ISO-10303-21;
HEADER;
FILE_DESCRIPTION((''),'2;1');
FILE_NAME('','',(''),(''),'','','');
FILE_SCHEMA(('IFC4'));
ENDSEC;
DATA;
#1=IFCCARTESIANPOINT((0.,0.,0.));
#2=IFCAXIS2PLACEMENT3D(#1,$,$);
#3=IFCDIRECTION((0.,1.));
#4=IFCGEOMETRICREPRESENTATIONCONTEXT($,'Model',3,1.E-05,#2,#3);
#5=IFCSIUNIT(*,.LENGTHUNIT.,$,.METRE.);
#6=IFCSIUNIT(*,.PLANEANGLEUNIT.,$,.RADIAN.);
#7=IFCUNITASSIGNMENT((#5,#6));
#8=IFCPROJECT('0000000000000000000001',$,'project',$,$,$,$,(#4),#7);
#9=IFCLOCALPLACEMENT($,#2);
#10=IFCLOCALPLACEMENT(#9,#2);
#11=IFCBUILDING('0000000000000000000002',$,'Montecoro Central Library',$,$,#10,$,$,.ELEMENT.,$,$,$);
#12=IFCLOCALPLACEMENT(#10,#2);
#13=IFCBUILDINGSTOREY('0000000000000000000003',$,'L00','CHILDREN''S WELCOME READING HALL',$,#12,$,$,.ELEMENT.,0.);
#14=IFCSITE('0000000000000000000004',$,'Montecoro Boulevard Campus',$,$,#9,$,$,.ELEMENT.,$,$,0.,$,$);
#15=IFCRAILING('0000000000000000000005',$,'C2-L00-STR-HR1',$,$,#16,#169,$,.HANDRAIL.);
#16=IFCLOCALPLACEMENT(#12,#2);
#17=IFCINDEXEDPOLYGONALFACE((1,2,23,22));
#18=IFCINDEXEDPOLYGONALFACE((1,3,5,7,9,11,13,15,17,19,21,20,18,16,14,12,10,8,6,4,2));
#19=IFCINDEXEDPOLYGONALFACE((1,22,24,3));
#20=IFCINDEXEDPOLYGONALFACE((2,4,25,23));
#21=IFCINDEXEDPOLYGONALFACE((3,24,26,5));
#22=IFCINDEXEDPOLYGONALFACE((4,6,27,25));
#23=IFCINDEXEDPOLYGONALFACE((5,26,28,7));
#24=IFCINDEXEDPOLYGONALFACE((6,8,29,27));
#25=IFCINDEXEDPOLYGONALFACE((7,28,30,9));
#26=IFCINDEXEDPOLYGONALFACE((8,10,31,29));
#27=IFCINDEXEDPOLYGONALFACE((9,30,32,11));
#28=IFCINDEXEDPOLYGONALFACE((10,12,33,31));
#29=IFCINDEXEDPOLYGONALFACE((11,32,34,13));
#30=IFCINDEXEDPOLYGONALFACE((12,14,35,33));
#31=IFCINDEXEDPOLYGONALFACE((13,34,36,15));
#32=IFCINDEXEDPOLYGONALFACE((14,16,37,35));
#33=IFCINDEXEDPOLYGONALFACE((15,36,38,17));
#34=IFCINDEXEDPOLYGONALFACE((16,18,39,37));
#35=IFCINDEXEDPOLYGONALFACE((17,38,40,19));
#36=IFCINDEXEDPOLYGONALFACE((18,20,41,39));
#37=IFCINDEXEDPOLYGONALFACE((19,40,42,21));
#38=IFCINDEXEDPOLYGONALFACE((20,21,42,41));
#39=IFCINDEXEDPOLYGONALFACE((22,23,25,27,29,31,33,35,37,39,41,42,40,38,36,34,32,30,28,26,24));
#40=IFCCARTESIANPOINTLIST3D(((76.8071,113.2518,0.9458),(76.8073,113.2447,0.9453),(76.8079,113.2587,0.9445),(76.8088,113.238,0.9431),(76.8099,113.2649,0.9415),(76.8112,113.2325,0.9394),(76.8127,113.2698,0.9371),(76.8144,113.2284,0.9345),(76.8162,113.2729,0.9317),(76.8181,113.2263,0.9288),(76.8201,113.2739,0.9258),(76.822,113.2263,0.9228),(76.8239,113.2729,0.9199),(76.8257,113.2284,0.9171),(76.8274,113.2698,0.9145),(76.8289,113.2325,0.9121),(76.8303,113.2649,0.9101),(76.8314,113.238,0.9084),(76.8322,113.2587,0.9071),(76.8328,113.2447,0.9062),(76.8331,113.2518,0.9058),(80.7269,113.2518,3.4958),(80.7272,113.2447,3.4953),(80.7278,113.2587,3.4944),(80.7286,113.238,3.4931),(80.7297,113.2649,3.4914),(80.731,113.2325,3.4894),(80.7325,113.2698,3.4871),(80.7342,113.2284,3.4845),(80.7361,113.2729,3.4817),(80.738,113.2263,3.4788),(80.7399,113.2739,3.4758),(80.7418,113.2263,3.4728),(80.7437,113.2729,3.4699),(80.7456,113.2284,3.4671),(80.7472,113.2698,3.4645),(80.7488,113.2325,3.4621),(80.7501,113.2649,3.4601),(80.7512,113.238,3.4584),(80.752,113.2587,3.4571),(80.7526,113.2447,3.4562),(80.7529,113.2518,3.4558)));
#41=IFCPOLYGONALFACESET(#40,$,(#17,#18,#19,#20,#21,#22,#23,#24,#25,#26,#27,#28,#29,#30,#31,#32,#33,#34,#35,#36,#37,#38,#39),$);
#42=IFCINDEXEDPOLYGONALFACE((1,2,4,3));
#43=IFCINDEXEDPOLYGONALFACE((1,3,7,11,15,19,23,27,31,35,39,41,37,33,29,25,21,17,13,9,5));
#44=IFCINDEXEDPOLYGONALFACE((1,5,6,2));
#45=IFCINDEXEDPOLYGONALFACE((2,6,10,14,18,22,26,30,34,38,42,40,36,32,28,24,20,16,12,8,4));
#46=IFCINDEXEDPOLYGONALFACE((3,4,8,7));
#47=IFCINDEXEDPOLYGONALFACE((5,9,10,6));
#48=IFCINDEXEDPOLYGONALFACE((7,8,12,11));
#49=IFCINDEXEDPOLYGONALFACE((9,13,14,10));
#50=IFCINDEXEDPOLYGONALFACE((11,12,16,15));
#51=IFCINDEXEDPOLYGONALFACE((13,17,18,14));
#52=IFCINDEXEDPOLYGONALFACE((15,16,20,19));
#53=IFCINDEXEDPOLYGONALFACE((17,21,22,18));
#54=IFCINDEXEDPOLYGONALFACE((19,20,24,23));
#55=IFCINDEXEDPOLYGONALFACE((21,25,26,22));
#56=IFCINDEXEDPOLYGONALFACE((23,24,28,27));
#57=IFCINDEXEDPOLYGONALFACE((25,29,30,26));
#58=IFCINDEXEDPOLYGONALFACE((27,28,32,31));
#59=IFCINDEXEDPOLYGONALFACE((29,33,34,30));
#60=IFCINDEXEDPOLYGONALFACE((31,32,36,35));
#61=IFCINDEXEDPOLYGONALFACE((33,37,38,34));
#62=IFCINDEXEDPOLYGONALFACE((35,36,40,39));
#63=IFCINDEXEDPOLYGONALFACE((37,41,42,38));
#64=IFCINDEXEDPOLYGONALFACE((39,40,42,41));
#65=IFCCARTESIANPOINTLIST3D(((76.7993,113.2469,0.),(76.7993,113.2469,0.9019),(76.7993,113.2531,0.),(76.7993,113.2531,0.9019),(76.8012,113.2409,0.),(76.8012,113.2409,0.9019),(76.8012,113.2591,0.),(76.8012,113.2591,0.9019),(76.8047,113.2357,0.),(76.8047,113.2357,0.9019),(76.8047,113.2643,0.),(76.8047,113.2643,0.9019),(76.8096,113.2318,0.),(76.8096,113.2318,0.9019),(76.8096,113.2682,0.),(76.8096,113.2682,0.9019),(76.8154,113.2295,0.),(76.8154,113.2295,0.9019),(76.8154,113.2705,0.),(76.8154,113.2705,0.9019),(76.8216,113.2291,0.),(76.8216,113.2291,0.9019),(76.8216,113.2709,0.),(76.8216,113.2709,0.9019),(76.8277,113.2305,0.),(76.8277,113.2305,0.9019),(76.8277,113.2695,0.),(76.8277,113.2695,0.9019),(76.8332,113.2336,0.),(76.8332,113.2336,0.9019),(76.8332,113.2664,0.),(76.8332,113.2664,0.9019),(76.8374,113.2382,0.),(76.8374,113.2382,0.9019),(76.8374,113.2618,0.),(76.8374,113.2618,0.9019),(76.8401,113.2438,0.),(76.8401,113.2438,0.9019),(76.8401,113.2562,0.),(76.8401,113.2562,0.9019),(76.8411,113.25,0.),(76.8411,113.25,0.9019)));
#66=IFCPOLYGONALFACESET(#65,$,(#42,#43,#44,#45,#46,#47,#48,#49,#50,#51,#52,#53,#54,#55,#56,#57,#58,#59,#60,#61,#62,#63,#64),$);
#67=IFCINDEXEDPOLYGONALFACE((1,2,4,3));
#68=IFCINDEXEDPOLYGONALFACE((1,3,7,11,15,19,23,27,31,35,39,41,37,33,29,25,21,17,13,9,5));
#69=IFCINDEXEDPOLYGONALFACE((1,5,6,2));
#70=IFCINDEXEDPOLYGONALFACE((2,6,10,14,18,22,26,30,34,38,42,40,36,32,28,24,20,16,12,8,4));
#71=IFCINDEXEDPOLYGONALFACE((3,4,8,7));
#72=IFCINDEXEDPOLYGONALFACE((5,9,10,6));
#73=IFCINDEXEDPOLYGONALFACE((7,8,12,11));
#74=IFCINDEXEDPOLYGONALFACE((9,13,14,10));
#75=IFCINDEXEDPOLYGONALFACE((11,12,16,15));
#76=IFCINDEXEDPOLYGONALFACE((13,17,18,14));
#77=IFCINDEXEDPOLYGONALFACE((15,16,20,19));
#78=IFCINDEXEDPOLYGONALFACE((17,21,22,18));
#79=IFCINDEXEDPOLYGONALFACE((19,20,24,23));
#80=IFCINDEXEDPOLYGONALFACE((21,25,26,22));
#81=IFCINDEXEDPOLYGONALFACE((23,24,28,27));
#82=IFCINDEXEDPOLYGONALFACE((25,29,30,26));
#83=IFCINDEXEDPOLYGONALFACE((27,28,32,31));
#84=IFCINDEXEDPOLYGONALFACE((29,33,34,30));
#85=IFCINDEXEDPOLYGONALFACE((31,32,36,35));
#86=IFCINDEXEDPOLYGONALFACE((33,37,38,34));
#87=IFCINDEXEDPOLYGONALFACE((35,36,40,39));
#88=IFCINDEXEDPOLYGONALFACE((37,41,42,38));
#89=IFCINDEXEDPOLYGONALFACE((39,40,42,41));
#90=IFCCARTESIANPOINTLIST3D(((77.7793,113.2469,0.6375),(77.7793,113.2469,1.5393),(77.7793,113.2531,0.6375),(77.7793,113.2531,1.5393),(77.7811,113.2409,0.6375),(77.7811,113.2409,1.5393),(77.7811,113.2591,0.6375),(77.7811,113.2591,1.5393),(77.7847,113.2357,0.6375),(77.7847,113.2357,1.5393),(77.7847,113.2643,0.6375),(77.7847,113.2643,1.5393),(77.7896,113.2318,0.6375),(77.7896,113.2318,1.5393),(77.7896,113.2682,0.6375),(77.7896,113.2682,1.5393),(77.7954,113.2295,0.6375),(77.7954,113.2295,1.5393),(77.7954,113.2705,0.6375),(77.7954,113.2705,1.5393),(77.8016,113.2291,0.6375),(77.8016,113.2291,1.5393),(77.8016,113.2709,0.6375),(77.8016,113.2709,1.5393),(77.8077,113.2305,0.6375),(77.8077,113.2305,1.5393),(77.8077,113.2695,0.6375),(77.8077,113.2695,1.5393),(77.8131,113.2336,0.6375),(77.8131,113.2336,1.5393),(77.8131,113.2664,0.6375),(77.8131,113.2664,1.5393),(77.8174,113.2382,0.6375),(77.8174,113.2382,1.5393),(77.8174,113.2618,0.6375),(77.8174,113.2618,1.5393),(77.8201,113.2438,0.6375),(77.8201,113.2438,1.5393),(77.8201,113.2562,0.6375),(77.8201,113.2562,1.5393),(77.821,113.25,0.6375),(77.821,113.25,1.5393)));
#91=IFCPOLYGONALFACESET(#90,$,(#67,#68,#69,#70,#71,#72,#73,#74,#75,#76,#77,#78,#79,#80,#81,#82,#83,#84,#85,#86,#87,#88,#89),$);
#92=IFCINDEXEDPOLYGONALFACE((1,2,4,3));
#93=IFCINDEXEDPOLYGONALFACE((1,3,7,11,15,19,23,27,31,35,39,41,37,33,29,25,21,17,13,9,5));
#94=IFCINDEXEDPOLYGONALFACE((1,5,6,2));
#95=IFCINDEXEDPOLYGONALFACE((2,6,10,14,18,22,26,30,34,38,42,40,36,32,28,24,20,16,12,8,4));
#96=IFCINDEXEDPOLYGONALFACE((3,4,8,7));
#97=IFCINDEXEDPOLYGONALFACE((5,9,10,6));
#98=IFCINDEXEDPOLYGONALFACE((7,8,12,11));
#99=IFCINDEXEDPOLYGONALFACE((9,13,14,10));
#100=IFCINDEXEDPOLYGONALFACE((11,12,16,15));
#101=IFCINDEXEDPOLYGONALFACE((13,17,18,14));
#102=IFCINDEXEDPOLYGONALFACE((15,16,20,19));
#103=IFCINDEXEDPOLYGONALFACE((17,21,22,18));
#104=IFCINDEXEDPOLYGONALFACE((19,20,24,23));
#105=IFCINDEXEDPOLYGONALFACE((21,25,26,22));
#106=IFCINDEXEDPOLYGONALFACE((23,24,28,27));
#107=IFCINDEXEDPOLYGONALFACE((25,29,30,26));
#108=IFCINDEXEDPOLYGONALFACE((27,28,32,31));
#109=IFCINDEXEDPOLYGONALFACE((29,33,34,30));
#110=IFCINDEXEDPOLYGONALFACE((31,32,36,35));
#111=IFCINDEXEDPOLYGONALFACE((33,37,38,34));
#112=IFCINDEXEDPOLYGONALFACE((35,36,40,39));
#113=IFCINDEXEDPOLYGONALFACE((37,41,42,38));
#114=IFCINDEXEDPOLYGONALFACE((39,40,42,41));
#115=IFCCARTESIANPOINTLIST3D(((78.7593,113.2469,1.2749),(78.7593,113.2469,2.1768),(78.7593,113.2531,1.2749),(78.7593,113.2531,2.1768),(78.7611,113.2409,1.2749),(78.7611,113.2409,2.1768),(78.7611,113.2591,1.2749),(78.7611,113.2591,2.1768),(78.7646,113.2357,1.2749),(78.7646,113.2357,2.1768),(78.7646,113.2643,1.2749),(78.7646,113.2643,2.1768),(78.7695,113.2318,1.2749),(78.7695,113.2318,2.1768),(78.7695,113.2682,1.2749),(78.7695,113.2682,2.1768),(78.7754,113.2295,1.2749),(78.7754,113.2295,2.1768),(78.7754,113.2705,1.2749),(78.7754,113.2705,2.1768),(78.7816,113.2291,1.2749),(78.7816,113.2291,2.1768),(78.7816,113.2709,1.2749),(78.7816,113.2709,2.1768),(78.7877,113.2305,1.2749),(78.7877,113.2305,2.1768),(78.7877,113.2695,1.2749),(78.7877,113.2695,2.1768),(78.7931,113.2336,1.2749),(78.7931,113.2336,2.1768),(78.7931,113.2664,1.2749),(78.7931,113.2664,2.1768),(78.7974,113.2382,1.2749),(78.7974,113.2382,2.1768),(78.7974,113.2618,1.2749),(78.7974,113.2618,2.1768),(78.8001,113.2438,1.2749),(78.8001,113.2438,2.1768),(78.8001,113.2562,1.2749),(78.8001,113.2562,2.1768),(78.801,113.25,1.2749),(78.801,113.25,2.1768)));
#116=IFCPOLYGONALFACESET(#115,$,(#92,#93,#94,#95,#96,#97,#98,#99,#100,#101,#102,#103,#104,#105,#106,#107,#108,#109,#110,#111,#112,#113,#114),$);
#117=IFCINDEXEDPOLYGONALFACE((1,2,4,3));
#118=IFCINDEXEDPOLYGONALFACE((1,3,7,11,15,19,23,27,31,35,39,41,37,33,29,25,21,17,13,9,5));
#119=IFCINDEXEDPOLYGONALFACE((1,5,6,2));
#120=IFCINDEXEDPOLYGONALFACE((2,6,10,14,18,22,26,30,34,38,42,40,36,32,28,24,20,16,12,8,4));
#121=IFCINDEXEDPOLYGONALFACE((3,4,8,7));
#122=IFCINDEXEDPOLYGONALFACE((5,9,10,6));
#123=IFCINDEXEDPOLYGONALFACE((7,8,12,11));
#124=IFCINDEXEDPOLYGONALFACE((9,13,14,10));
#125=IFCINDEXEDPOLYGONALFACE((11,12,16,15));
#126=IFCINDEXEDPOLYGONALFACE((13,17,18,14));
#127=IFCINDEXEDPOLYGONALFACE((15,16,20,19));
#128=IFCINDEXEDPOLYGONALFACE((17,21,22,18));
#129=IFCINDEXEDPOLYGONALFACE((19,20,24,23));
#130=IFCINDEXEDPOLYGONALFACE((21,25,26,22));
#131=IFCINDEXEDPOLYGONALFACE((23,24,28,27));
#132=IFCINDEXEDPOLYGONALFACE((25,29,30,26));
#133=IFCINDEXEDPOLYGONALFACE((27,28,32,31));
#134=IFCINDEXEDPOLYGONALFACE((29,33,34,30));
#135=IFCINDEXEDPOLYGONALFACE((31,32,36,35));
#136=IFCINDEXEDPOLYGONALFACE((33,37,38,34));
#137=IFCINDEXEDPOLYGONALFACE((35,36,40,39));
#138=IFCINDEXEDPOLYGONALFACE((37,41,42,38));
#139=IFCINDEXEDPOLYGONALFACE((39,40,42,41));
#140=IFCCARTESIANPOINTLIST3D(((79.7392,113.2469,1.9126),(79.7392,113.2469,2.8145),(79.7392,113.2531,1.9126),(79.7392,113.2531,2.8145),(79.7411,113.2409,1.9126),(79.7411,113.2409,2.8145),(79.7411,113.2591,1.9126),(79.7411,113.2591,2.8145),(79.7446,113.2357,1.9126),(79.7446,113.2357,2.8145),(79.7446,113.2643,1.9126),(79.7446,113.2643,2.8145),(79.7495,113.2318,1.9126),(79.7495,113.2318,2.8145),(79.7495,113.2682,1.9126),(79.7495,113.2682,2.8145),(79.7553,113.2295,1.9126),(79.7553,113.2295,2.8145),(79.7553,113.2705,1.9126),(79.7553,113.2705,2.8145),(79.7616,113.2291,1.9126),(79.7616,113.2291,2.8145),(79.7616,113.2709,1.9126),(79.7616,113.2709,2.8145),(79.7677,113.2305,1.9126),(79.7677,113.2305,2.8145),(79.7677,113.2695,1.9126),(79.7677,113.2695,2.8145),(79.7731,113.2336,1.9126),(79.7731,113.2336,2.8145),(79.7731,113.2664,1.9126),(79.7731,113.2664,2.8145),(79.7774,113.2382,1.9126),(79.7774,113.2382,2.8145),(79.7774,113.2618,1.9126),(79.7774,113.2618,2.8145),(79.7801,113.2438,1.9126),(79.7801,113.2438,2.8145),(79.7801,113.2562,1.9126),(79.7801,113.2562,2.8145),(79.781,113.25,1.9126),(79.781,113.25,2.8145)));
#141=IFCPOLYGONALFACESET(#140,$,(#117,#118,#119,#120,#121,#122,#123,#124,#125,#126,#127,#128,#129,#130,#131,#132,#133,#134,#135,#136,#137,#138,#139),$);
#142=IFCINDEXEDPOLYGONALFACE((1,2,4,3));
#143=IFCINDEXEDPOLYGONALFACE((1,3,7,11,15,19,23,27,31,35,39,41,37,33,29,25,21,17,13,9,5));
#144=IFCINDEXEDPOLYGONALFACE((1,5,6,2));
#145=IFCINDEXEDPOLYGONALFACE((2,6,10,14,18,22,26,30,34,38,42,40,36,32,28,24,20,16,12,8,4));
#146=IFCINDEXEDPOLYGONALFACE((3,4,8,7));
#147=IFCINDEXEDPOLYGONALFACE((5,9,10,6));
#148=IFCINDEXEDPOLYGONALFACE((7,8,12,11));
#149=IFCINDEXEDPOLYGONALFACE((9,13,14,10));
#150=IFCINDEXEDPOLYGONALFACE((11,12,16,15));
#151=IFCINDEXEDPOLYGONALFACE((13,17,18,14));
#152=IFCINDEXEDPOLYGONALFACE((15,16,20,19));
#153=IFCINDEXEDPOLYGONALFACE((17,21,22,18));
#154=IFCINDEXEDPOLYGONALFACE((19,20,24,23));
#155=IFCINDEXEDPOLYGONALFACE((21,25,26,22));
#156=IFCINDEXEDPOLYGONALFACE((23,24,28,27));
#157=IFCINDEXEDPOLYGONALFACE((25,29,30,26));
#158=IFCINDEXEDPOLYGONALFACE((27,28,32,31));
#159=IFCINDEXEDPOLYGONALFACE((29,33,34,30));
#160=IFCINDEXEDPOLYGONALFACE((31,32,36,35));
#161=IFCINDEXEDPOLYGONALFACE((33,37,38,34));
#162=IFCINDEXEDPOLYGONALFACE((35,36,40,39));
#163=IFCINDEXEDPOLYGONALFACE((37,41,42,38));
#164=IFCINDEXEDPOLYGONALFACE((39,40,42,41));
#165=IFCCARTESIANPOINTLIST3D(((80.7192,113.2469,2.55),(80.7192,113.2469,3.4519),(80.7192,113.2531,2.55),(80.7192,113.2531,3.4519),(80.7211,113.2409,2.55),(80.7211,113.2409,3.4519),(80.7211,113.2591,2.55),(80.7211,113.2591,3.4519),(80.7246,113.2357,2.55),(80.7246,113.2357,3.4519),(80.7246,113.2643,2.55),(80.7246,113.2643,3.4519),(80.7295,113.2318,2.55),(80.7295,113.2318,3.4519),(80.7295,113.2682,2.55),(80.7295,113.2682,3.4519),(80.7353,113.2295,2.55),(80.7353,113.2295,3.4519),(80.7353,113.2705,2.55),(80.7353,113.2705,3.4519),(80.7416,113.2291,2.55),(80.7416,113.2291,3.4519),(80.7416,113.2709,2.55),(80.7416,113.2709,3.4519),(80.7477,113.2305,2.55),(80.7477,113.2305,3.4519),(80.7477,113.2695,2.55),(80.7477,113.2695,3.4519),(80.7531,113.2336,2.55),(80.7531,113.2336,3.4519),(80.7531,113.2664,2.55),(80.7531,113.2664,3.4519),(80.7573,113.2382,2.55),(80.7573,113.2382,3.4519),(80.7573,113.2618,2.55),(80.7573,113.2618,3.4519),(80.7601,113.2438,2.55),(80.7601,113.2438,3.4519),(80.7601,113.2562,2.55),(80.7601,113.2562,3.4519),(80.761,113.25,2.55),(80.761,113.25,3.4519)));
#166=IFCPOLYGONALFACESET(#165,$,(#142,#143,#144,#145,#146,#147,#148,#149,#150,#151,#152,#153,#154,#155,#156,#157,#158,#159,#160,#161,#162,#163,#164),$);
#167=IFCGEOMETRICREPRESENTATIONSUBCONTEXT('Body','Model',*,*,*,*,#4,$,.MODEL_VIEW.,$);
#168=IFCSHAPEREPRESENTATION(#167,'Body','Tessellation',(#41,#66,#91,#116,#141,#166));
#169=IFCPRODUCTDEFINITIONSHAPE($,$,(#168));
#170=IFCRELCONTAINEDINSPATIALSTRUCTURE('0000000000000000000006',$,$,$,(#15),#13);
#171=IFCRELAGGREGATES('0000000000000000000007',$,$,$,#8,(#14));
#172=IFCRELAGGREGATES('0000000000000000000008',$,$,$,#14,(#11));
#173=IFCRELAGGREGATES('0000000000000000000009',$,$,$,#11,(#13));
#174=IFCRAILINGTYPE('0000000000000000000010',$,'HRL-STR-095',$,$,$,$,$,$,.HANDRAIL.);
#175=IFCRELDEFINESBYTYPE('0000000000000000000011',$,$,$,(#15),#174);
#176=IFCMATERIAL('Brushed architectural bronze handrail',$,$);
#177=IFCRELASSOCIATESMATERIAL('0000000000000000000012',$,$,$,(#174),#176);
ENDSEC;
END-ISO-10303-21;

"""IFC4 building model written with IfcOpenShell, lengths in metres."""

from ifc_helpers import new_model, si_unit, direction, frame, origin, origin_2d, place, context, subcontext, project, spatial, circle, extrude, material, type_object, element, save


model = new_model("IFC4")

# Units and contexts
model_context = context("Model", 3, precision=1e-05, world=origin(), true_north=direction((0.0, 1.0)))
body_context = subcontext(model_context, "Body", "Model", "MODEL_VIEW")
ifc_project = project(units=[si_unit("LENGTHUNIT", "METRE"), si_unit("PLANEANGLEUNIT", "RADIAN")], contexts=[model_context])

# Site, building, storey
site_placement = place(None, origin())
site = spatial("IfcSite", under=ifc_project, at=site_placement, Name="Montecoro Boulevard Campus", CompositionType="ELEMENT", RefElevation=0.0)
building_placement = place(site_placement, origin())
building = spatial("IfcBuilding", under=site, at=building_placement, Name="Montecoro Central Library", CompositionType="ELEMENT")
storey_placement = place(building_placement, origin())
storey = spatial("IfcBuildingStorey", under=building, at=storey_placement, Name="L00", Description="CHILDREN'S WELCOME READING HALL", CompositionType="ELEMENT", Elevation=0.0)

# Railing
ifc_material_1 = material(Name="Brushed architectural bronze handrail")
railing_type_1 = type_object("IfcRailingType", Name="HRL-STR-095", PredefinedType="HANDRAIL", material=ifc_material_1)
railing_1_placement = place(storey_placement, frame((76.8201, 113.25, 0.0)))
element("IfcRailing", 1, at=railing_1_placement, inside=storey, type_object=railing_type_1, Name="C2-L00-STR-HR1", PredefinedType="HANDRAIL", context=body_context, shape_type="SweptSolid", body=[
    extrude(circle(Radius=0.0239, at=origin_2d()), frame((0.0, 0.0, 0.9258), z_axis=(0.838238, 0.0, 0.545304), x_axis=(0.0, 1.0, 0.0)), (0.0, 0.0, 1.0), 4.6763),
    extrude(circle(Radius=0.021, at=origin_2d()), origin(), (0.0, 0.0, 1.0), 0.9019),
    extrude(circle(Radius=0.021, at=origin_2d()), frame((0.98, 0.0, 0.6375)), (0.0, 0.0, 1.0), 0.9019),
    extrude(circle(Radius=0.021, at=origin_2d()), frame((1.96, 0.0, 1.2749)), (0.0, 0.0, 1.0), 0.9019),
    extrude(circle(Radius=0.021, at=origin_2d()), frame((2.9399, 0.0, 1.9126)), (0.0, 0.0, 1.0), 0.9019),
    extrude(circle(Radius=0.021, at=origin_2d()), frame((3.9199, 0.0, 2.55)), (0.0, 0.0, 1.0), 0.9019),
])

save(model, "model.ifc")
